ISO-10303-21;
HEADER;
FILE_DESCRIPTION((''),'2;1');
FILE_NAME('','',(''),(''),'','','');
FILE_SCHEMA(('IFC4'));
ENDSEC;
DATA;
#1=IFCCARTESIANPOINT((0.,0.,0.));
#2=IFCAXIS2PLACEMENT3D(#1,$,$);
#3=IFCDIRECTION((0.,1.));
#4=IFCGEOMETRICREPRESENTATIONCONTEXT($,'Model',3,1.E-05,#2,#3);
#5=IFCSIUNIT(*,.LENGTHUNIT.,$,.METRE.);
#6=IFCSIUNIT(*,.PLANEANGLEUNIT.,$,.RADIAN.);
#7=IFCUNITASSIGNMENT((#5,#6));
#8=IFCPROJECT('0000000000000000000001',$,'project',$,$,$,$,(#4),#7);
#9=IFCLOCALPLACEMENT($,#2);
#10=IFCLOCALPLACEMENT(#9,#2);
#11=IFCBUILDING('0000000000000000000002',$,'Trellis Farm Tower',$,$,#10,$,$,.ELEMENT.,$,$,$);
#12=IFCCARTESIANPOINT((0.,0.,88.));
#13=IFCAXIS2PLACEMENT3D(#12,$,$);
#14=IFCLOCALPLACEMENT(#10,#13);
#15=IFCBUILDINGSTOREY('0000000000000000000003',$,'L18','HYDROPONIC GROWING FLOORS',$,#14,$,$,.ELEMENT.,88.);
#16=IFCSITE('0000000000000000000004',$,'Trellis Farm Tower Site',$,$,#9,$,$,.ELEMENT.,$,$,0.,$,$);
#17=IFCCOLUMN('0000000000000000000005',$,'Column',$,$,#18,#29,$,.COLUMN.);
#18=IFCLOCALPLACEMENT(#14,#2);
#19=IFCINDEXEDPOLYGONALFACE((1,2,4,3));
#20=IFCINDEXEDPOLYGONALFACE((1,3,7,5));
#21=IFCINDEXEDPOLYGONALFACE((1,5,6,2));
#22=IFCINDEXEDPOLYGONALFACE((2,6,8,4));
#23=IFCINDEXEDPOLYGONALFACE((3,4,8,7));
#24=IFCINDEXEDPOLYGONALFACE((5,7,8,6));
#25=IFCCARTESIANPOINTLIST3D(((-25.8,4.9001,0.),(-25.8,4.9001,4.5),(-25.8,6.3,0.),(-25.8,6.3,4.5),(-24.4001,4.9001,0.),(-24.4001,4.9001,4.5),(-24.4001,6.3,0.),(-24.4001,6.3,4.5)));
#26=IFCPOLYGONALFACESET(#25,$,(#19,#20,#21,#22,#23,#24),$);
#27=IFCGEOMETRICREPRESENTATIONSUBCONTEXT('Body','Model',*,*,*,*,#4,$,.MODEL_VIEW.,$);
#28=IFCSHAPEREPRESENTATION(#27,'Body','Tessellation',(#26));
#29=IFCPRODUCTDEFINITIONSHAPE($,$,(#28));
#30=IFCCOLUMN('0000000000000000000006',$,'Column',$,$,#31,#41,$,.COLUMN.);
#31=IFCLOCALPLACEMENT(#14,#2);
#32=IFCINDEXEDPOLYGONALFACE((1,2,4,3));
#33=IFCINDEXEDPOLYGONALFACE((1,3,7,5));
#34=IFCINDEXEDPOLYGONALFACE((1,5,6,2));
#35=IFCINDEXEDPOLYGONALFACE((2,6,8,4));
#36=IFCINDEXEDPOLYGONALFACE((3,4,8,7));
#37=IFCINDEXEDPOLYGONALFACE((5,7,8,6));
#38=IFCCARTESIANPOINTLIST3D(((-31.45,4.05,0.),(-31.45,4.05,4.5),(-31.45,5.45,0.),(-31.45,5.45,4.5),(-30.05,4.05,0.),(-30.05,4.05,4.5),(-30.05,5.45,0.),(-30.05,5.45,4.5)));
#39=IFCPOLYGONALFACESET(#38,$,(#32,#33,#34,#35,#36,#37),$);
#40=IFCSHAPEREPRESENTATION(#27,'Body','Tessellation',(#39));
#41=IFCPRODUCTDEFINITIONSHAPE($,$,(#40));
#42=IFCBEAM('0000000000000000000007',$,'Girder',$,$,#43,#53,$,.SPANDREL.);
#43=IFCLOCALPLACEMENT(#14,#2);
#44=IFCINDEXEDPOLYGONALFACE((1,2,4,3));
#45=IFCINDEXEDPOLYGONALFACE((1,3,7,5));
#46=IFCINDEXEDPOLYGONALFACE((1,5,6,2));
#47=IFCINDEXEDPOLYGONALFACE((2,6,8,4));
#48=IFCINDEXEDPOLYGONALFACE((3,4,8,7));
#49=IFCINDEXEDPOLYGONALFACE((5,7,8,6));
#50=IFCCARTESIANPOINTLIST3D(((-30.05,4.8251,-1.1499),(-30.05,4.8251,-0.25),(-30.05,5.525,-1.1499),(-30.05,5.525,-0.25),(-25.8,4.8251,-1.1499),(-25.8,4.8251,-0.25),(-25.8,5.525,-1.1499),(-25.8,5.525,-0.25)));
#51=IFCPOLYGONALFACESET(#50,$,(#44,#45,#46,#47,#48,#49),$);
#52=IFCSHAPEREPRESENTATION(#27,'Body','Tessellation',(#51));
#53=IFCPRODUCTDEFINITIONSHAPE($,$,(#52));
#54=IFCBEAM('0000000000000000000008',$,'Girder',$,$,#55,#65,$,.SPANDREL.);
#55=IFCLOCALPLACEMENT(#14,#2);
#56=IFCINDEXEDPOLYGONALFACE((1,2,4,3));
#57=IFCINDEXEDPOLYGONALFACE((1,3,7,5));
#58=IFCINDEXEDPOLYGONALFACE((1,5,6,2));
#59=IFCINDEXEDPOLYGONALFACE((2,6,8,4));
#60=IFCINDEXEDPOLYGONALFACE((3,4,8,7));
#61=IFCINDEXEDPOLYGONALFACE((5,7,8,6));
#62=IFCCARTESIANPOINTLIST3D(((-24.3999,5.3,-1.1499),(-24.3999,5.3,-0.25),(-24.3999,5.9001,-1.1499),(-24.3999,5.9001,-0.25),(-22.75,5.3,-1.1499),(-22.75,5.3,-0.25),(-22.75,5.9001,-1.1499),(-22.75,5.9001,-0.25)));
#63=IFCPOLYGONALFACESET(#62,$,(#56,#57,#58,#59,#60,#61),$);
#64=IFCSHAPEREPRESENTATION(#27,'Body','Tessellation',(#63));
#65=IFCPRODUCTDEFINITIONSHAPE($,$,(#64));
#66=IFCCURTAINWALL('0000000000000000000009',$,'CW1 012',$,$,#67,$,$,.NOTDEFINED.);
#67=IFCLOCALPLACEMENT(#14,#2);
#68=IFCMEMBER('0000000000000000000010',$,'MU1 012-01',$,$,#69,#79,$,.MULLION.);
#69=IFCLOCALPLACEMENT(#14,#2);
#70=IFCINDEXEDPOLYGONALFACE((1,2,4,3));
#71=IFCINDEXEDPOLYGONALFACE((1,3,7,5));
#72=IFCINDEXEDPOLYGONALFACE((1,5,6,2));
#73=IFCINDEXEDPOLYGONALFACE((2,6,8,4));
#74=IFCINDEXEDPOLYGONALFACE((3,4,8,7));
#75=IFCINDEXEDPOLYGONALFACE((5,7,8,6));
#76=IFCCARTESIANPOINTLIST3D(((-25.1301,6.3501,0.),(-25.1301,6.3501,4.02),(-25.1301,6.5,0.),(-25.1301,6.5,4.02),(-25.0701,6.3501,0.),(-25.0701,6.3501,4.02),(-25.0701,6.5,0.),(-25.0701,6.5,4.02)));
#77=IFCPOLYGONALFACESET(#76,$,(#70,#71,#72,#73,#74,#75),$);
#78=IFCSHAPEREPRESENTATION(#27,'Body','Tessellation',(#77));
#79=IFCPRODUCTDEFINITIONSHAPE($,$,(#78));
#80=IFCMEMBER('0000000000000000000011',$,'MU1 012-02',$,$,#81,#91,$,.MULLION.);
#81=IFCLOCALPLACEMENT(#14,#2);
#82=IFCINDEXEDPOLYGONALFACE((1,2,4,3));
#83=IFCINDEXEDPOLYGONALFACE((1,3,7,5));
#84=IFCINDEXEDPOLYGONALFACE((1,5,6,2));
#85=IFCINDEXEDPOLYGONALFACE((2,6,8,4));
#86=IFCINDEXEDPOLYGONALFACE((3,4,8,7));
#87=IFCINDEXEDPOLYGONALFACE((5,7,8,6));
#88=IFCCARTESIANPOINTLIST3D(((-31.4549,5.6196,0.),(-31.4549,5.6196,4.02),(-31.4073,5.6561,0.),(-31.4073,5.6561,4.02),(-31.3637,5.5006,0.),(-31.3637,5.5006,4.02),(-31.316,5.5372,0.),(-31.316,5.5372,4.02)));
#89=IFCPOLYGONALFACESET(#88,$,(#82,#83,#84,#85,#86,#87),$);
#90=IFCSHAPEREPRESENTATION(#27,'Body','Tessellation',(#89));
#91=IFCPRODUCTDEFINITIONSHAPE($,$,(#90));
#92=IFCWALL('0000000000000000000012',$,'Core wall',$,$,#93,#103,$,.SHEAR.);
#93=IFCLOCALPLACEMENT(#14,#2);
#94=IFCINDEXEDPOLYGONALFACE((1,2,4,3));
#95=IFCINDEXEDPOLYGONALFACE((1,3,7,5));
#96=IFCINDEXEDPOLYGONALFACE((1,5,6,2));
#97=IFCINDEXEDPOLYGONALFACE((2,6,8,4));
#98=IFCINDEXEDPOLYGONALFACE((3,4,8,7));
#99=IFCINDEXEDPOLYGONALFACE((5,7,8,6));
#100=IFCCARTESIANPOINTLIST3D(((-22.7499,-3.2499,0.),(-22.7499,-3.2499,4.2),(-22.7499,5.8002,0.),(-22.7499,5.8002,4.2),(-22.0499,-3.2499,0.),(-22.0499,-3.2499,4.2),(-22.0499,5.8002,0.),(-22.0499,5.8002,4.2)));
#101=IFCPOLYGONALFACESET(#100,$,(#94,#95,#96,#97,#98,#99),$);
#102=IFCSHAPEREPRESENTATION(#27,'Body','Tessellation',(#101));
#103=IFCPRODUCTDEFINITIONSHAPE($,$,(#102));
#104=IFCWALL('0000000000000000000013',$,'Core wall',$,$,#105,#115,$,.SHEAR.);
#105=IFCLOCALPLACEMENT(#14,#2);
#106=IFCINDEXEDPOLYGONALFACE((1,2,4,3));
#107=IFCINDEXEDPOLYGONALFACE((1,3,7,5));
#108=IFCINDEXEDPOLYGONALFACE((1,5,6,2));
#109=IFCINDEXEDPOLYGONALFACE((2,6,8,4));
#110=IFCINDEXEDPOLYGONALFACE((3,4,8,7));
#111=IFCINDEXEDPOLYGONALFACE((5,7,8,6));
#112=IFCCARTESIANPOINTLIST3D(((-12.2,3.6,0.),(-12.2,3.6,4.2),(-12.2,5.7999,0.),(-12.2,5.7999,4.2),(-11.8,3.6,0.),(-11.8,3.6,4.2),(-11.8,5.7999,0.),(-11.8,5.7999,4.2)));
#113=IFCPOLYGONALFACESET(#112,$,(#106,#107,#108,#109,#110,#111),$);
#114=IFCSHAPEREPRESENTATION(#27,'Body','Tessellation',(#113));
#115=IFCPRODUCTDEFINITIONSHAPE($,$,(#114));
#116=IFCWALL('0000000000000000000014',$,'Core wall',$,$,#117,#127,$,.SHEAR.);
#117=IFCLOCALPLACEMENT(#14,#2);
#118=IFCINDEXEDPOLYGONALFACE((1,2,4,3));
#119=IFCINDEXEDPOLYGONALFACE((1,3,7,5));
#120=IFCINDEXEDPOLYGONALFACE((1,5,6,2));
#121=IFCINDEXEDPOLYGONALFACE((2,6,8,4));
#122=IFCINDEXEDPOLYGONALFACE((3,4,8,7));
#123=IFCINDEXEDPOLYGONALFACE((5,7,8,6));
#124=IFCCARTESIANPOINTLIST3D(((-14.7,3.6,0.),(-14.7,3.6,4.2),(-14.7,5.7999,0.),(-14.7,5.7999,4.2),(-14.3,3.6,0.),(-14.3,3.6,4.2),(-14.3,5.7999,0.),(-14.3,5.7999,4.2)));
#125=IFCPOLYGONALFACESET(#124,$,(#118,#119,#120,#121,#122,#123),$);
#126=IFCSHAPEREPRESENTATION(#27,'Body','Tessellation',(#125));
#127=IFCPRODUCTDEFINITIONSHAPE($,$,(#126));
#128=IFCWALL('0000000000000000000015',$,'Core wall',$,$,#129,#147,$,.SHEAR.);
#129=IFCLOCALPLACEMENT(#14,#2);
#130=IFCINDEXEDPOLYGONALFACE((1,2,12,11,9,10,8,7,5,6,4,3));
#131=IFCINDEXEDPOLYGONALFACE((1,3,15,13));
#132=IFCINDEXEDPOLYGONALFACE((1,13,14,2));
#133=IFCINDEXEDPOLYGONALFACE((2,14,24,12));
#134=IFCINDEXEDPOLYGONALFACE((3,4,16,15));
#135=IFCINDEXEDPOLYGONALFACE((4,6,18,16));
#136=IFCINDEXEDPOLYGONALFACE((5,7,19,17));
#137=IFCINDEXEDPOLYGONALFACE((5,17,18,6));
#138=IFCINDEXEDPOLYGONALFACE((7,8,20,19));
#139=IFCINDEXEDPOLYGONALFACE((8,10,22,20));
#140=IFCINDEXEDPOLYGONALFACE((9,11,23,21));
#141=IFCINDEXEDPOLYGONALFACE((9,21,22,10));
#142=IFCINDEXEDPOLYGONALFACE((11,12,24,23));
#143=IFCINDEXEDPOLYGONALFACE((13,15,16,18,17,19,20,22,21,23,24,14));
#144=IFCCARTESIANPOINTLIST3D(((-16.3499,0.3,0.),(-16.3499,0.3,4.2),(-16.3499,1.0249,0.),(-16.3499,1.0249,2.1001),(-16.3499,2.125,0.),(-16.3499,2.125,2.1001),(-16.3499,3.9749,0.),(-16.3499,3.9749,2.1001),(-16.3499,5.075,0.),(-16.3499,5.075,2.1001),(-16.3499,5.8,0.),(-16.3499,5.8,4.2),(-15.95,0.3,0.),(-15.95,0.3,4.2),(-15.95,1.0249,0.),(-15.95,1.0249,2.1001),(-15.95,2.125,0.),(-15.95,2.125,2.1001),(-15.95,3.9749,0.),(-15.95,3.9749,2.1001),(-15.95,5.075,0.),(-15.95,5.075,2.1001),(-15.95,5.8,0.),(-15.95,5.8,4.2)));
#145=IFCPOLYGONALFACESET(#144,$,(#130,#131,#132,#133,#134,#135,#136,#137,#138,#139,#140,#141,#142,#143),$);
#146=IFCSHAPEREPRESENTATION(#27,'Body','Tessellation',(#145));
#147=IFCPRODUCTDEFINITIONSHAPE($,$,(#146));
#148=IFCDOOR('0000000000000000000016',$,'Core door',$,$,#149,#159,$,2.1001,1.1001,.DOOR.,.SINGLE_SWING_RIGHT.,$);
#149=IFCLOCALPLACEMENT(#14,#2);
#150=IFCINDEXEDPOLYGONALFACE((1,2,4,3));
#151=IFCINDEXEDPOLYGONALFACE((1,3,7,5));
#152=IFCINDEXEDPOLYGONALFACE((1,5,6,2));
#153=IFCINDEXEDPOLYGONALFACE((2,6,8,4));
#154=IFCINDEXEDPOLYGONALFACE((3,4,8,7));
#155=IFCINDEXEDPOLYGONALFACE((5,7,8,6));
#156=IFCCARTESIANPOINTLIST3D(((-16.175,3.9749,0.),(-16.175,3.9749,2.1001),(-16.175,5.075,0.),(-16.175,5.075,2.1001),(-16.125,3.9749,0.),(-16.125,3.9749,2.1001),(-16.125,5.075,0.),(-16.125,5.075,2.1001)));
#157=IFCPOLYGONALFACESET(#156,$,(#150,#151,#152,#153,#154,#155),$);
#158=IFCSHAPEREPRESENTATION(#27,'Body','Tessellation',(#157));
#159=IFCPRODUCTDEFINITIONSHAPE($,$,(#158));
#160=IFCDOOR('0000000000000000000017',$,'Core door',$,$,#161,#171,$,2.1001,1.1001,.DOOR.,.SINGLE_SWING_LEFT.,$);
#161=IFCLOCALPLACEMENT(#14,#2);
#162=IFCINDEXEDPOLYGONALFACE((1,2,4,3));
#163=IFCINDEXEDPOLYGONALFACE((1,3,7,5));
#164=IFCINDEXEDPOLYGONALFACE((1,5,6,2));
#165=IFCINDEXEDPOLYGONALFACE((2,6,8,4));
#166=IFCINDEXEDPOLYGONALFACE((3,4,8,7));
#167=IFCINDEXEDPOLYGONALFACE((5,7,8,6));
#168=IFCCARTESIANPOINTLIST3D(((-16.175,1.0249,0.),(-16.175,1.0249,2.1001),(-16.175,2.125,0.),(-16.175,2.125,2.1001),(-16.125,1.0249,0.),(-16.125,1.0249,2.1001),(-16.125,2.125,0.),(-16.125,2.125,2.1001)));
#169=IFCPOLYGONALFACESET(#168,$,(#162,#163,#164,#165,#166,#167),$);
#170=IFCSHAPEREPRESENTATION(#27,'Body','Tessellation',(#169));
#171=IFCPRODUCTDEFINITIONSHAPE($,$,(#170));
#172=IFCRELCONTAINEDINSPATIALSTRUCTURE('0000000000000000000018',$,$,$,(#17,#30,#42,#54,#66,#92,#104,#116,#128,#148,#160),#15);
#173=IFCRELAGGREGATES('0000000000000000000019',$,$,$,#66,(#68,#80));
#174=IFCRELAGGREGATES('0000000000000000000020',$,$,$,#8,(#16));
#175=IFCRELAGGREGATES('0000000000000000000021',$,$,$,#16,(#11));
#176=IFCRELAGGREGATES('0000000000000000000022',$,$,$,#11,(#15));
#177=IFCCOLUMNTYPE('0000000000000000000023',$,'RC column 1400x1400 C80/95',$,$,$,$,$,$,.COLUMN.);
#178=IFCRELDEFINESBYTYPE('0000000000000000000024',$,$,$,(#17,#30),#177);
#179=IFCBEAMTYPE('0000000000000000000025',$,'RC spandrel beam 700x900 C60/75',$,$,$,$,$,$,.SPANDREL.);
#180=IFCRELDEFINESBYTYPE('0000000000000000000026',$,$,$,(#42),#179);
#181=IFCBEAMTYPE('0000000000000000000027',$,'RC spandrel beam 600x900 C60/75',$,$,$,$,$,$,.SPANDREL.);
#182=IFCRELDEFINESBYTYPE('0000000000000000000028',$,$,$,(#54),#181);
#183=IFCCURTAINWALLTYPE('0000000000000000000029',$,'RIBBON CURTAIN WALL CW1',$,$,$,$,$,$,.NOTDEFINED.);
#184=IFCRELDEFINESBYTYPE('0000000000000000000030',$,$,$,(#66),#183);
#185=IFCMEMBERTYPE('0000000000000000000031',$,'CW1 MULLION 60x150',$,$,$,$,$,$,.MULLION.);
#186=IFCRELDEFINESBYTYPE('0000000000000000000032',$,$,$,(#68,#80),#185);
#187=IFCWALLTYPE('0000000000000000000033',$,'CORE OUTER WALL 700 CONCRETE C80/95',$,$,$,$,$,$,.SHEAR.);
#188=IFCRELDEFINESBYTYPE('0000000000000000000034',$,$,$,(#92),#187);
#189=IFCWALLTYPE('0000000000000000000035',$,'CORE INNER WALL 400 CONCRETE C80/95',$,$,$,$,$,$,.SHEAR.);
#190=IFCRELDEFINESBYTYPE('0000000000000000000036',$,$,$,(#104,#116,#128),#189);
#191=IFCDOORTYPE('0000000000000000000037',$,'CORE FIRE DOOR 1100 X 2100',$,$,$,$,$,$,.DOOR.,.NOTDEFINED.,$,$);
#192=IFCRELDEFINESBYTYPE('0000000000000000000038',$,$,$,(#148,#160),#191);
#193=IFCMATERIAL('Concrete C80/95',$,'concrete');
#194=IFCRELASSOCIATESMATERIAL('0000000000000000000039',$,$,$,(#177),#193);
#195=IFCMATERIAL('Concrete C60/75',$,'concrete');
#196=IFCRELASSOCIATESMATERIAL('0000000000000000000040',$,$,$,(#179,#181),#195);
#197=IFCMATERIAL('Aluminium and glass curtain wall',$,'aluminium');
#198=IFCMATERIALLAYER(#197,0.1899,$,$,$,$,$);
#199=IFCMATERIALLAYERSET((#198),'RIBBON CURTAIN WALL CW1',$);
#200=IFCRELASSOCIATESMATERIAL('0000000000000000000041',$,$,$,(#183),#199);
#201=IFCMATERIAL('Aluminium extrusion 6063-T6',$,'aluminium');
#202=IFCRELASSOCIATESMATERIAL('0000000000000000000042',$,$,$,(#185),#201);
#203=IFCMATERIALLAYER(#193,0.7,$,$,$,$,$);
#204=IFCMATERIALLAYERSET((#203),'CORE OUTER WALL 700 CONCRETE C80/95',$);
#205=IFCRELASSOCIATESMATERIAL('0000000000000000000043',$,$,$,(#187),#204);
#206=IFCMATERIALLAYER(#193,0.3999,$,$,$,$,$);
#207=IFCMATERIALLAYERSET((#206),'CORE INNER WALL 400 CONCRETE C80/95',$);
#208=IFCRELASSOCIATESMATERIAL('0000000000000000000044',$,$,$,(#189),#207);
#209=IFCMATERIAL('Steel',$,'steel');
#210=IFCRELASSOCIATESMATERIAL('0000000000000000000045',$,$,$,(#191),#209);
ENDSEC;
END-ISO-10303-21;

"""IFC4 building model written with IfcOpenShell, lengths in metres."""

from ifc_helpers import new_model, si_unit, direction, frame, frame_2d, origin, origin_2d, place, context, subcontext, project, spatial, rectangle, extrude, source, transform, mapped, material, layer, layer_set, material_profile, profile_set, type_object, element, fill, aggregate, save


model = new_model("IFC4")

# Units and contexts
model_context = context("Model", 3, precision=1e-05, world=origin(), true_north=direction((0.0, 1.0)))
body_context = subcontext(model_context, "Body", "Model", "MODEL_VIEW")
ifc_project = project(units=[si_unit("LENGTHUNIT", "METRE"), si_unit("PLANEANGLEUNIT", "RADIAN")], contexts=[model_context])

# Site, building, storey
site_placement = place(None, origin())
site = spatial("IfcSite", under=ifc_project, at=site_placement, Name="Trellis Farm Tower Site", CompositionType="ELEMENT", RefElevation=0.0)
building_placement = place(site_placement, origin())
building = spatial("IfcBuilding", under=site, at=building_placement, Name="Trellis Farm Tower", CompositionType="ELEMENT")
storey_placement = place(building_placement, frame((0.0, 0.0, 88.0)))
storey = spatial("IfcBuildingStorey", under=building, at=storey_placement, Name="L18", Description="HYDROPONIC GROWING FLOORS", CompositionType="ELEMENT", Elevation=88.0)

# Columns
ifc_material_1 = material(Name="Concrete C80/95", Category="concrete")
ifc_material_profile_1 = material_profile(ifc_material_1, rectangle(XDim=1.3999, YDim=1.3999, at=origin_2d()), Name="RC column 1400x1400 C80/95")
ifc_profile_set_1 = profile_set([ifc_material_profile_1], Name="Concrete C80/95")
column_type = type_object("IfcColumnType", Name="RC column 1400x1400 C80/95", PredefinedType="COLUMN", material=ifc_profile_set_1)
shared_shape_1 = source(origin(), body_context, "Body", "SweptSolid", [
    extrude(rectangle(XDim=1.3999, YDim=1.3999, at=origin_2d()), origin(), (0.0, 0.0, 1.0), 4.5),
])
for number, where, z_axis, x_axis, name in (
    (1, (-25.1001, 5.6001, 0.0), (0.0, 0.0, 1.0), (1.0, 0.0, 0.0), "Column"),
    (2, (-30.75, 4.75, 0.0), (0.0, 0.0, 1.0), (1.0, 0.0, 0.0), "Column"),
):
    element("IfcColumn", number, at=place(storey_placement, frame(where, z_axis=z_axis, x_axis=x_axis)), inside=storey, type_object=column_type, Name=name, PredefinedType="COLUMN", context=body_context, shape_type="MappedRepresentation", body=[
        mapped(shared_shape_1, transform((0.0, 0.0, 0.0))),
    ])

# Beams
ifc_material_2 = material(Name="Concrete C60/75", Category="concrete")
ifc_material_profile_2 = material_profile(ifc_material_2, rectangle(XDim=0.7, YDim=0.8999, at=origin_2d()), Name="RC spandrel beam 700x900 C60/75")
ifc_profile_set_2 = profile_set([ifc_material_profile_2], Name="Concrete C60/75")
beam_type_1 = type_object("IfcBeamType", Name="RC spandrel beam 700x900 C60/75", PredefinedType="SPANDREL", material=ifc_profile_set_2)
shared_shape_2 = source(origin(), body_context, "Body", "SweptSolid", [
    extrude(rectangle(XDim=0.7, YDim=0.8999, at=origin_2d()), origin(), (0.0, 0.0, 1.0), 4.25),
])
beam_1_placement = place(storey_placement, frame((-30.05, 5.175, -0.7), z_axis=(1.0, 0.0, 0.0), x_axis=(0.0, 1.0, 0.0)))
element("IfcBeam", 3, at=beam_1_placement, inside=storey, type_object=beam_type_1, Name="Girder", PredefinedType="SPANDREL", context=body_context, shape_type="MappedRepresentation", body=[
    mapped(shared_shape_2, transform((0.0, 0.0, 0.0))),
])
ifc_material_profile_3 = material_profile(ifc_material_2, rectangle(XDim=0.6001, YDim=0.8999, at=origin_2d()), Name="RC spandrel beam 600x900 C60/75")
ifc_profile_set_3 = profile_set([ifc_material_profile_3], Name="Concrete C60/75")
beam_type_2 = type_object("IfcBeamType", Name="RC spandrel beam 600x900 C60/75", PredefinedType="SPANDREL", material=ifc_profile_set_3)
shared_shape_3 = source(origin(), body_context, "Body", "SweptSolid", [
    extrude(rectangle(XDim=0.6001, YDim=0.8999, at=origin_2d()), origin(), (0.0, 0.0, 1.0), 1.6499),
])
beam_2_placement = place(storey_placement, frame((-24.3999, 5.6001, -0.7), z_axis=(1.0, 0.0, 0.0), x_axis=(0.0, 1.0, 0.0)))
element("IfcBeam", 4, at=beam_2_placement, inside=storey, type_object=beam_type_2, Name="Girder", PredefinedType="SPANDREL", context=body_context, shape_type="MappedRepresentation", body=[
    mapped(shared_shape_3, transform((0.0, 0.0, 0.0))),
])

# Curtain wall, members
ifc_material_3 = material(Name="Aluminium and glass curtain wall", Category="aluminium")
ifc_layer_1 = layer(ifc_material_3, 0.1899)
ifc_layer_set_1 = layer_set([ifc_layer_1], Name="RIBBON CURTAIN WALL CW1")
curtain_wall_type = type_object("IfcCurtainWallType", Name="RIBBON CURTAIN WALL CW1", PredefinedType="NOTDEFINED", material=ifc_layer_set_1)
placement = place(storey_placement, origin())
curtain_wall = element("IfcCurtainWall", 5, at=placement, inside=storey, type_object=curtain_wall_type, Name="CW1 012", PredefinedType="NOTDEFINED")
ifc_material_4 = material(Name="Aluminium extrusion 6063-T6", Category="aluminium")
ifc_material_profile_4 = material_profile(ifc_material_4, rectangle(XDim=0.0601, YDim=0.1499, at=origin_2d()), Name="MULLION 60x150")
ifc_profile_set_4 = profile_set([ifc_material_profile_4], Name="Aluminium extrusion 6063-T6")
member_type = type_object("IfcMemberType", Name="CW1 MULLION 60x150", PredefinedType="MULLION", material=ifc_profile_set_4)
shared_shape_4 = source(origin(), body_context, "Body", "SweptSolid", [
    extrude(rectangle(XDim=0.0601, YDim=0.1499, at=origin_2d()), origin(), (0.0, 0.0, 1.0), 4.02),
])
member_1_placement = place(storey_placement, frame((-25.1001, 6.425, 0.0), z_axis=(0.0, 0.0, 1.0), x_axis=(-1.0, 0.0, 0.0)))
member_1 = element("IfcMember", 6, at=member_1_placement, type_object=member_type, Name="MU1 012-01", PredefinedType="MULLION", context=body_context, shape_type="MappedRepresentation", body=[
    mapped(shared_shape_4, transform((0.0, 0.0, 0.0))),
])
member_2_placement = place(storey_placement, frame((-31.3855, 5.5784, 0.0), z_axis=(0.0, 0.0, 1.0), x_axis=(-0.793353, -0.608761, 0.0)))
member_2 = element("IfcMember", 7, at=member_2_placement, type_object=member_type, Name="MU1 012-02", PredefinedType="MULLION", context=body_context, shape_type="MappedRepresentation", body=[
    mapped(shared_shape_4, transform((0.0, 0.0, 0.0))),
])
aggregate(curtain_wall, [member_1, member_2])

# Walls
ifc_layer_2 = layer(ifc_material_1, 0.7)
ifc_layer_set_2 = layer_set([ifc_layer_2], Name="CORE OUTER WALL 700 CONCRETE C80/95")
wall_type_1 = type_object("IfcWallType", Name="CORE OUTER WALL 700 CONCRETE C80/95", PredefinedType="SHEAR", material=ifc_layer_set_2)
shared_shape_5 = source(origin(), body_context, "Body", "SweptSolid", [
    extrude(rectangle(XDim=9.05, YDim=0.7, at=frame_2d((4.5249, 0.0))), origin(), (0.0, 0.0, 1.0), 4.2),
])
wall_1_placement = place(storey_placement, frame((-22.3999, 5.8, 0.0), z_axis=(0.0, 0.0, 1.0), x_axis=(0.0, -1.0, 0.0)))
element("IfcWall", 8, at=wall_1_placement, inside=storey, type_object=wall_type_1, Name="Core wall", PredefinedType="SHEAR", context=body_context, shape_type="MappedRepresentation", body=[
    mapped(shared_shape_5, transform((0.0, 0.0, 0.0))),
])
ifc_layer_3 = layer(ifc_material_1, 0.3999)
ifc_layer_set_3 = layer_set([ifc_layer_3], Name="CORE INNER WALL 400 CONCRETE C80/95")
wall_type_2 = type_object("IfcWallType", Name="CORE INNER WALL 400 CONCRETE C80/95", PredefinedType="SHEAR", material=ifc_layer_set_3)
shared_shape_6 = source(origin(), body_context, "Body", "SweptSolid", [
    extrude(rectangle(XDim=2.2, YDim=0.3999, at=frame_2d((1.1001, 0.0))), origin(), (0.0, 0.0, 1.0), 4.2),
])
for number, where, z_axis, x_axis, name in (
    (9, (-12.0, 5.8, 0.0), (0.0, 0.0, 1.0), (0.0, -1.0, 0.0), "Core wall"),
    (10, (-14.5, 5.8, 0.0), (0.0, 0.0, 1.0), (0.0, -1.0, 0.0), "Core wall"),
):
    element("IfcWall", number, at=place(storey_placement, frame(where, z_axis=z_axis, x_axis=x_axis)), inside=storey, type_object=wall_type_2, Name=name, PredefinedType="SHEAR", context=body_context, shape_type="MappedRepresentation", body=[
        mapped(shared_shape_6, transform((0.0, 0.0, 0.0))),
    ])

# Wall, openings, doors
shared_shape_7 = source(origin(), body_context, "Body", "SweptSolid", [
    extrude(rectangle(XDim=5.5, YDim=0.3999, at=frame_2d((2.75, 0.0))), origin(), (0.0, 0.0, 1.0), 4.2),
])
wall_2_placement = place(storey_placement, frame((-16.1499, 5.8, 0.0), z_axis=(0.0, 0.0, 1.0), x_axis=(0.0, -1.0, 0.0)))
wall_2 = element("IfcWall", 11, at=wall_2_placement, inside=storey, type_object=wall_type_2, Name="Core wall", PredefinedType="SHEAR", context=body_context, shape_type="MappedRepresentation", body=[
    mapped(shared_shape_7, transform((0.0, 0.0, 0.0))),
])
shared_shape_8 = source(origin(), body_context, "Body", "SweptSolid", [
    extrude(rectangle(XDim=1.1001, YDim=2.1001, at=frame_2d((0.55, 1.05))), frame((0.0, 0.21, 0.0), z_axis=(0.0, -1.0, 0.0), x_axis=(1.0, 0.0, 0.0)), (0.0, 0.0, 1.0), 0.4199),
])
opening_1_placement = place(wall_2_placement, frame((0.7251, 0.0, 0.0)))
opening_1 = element("IfcOpeningElement", 12, at=opening_1_placement, cuts=wall_2, PredefinedType="OPENING", context=body_context, shape_type="MappedRepresentation", body=[
    mapped(shared_shape_8, transform((0.0, 0.0, 0.0))),
])
opening_2_placement = place(wall_2_placement, frame((3.675, 0.0, 0.0)))
opening_2 = element("IfcOpeningElement", 13, at=opening_2_placement, cuts=wall_2, PredefinedType="OPENING", context=body_context, shape_type="MappedRepresentation", body=[
    mapped(shared_shape_8, transform((0.0, 0.0, 0.0))),
])
ifc_material_5 = material(Name="Steel", Category="steel")
door_type = type_object("IfcDoorType", Name="CORE FIRE DOOR 1100 X 2100", OperationType="NOTDEFINED", PredefinedType="DOOR", material=ifc_material_5)
shared_shape_9 = source(origin(), body_context, "Body", "SweptSolid", [
    extrude(rectangle(XDim=1.1001, YDim=2.1001, at=frame_2d((0.55, 1.05))), frame((0.0, 0.0249, 0.0), z_axis=(0.0, -1.0, 0.0), x_axis=(1.0, 0.0, 0.0)), (0.0, 0.0, 1.0), 0.05),
])
door_1_placement = place(opening_1_placement, origin())
door_1 = element("IfcDoor", 14, at=door_1_placement, inside=storey, type_object=door_type, Name="Core door", OperationType="SINGLE_SWING_RIGHT", OverallHeight=2.1001, OverallWidth=1.1001, PredefinedType="DOOR", context=body_context, shape_type="MappedRepresentation", body=[
    mapped(shared_shape_9, transform((0.0, 0.0, 0.0))),
])
fill(opening_1, door_1)
door_2_placement = place(opening_2_placement, origin())
door_2 = element("IfcDoor", 15, at=door_2_placement, inside=storey, type_object=door_type, Name="Core door", OperationType="SINGLE_SWING_LEFT", OverallHeight=2.1001, OverallWidth=1.1001, PredefinedType="DOOR", context=body_context, shape_type="MappedRepresentation", body=[
    mapped(shared_shape_9, transform((0.0, 0.0, 0.0))),
])
fill(opening_2, door_2)

save(model, "model.ifc")
